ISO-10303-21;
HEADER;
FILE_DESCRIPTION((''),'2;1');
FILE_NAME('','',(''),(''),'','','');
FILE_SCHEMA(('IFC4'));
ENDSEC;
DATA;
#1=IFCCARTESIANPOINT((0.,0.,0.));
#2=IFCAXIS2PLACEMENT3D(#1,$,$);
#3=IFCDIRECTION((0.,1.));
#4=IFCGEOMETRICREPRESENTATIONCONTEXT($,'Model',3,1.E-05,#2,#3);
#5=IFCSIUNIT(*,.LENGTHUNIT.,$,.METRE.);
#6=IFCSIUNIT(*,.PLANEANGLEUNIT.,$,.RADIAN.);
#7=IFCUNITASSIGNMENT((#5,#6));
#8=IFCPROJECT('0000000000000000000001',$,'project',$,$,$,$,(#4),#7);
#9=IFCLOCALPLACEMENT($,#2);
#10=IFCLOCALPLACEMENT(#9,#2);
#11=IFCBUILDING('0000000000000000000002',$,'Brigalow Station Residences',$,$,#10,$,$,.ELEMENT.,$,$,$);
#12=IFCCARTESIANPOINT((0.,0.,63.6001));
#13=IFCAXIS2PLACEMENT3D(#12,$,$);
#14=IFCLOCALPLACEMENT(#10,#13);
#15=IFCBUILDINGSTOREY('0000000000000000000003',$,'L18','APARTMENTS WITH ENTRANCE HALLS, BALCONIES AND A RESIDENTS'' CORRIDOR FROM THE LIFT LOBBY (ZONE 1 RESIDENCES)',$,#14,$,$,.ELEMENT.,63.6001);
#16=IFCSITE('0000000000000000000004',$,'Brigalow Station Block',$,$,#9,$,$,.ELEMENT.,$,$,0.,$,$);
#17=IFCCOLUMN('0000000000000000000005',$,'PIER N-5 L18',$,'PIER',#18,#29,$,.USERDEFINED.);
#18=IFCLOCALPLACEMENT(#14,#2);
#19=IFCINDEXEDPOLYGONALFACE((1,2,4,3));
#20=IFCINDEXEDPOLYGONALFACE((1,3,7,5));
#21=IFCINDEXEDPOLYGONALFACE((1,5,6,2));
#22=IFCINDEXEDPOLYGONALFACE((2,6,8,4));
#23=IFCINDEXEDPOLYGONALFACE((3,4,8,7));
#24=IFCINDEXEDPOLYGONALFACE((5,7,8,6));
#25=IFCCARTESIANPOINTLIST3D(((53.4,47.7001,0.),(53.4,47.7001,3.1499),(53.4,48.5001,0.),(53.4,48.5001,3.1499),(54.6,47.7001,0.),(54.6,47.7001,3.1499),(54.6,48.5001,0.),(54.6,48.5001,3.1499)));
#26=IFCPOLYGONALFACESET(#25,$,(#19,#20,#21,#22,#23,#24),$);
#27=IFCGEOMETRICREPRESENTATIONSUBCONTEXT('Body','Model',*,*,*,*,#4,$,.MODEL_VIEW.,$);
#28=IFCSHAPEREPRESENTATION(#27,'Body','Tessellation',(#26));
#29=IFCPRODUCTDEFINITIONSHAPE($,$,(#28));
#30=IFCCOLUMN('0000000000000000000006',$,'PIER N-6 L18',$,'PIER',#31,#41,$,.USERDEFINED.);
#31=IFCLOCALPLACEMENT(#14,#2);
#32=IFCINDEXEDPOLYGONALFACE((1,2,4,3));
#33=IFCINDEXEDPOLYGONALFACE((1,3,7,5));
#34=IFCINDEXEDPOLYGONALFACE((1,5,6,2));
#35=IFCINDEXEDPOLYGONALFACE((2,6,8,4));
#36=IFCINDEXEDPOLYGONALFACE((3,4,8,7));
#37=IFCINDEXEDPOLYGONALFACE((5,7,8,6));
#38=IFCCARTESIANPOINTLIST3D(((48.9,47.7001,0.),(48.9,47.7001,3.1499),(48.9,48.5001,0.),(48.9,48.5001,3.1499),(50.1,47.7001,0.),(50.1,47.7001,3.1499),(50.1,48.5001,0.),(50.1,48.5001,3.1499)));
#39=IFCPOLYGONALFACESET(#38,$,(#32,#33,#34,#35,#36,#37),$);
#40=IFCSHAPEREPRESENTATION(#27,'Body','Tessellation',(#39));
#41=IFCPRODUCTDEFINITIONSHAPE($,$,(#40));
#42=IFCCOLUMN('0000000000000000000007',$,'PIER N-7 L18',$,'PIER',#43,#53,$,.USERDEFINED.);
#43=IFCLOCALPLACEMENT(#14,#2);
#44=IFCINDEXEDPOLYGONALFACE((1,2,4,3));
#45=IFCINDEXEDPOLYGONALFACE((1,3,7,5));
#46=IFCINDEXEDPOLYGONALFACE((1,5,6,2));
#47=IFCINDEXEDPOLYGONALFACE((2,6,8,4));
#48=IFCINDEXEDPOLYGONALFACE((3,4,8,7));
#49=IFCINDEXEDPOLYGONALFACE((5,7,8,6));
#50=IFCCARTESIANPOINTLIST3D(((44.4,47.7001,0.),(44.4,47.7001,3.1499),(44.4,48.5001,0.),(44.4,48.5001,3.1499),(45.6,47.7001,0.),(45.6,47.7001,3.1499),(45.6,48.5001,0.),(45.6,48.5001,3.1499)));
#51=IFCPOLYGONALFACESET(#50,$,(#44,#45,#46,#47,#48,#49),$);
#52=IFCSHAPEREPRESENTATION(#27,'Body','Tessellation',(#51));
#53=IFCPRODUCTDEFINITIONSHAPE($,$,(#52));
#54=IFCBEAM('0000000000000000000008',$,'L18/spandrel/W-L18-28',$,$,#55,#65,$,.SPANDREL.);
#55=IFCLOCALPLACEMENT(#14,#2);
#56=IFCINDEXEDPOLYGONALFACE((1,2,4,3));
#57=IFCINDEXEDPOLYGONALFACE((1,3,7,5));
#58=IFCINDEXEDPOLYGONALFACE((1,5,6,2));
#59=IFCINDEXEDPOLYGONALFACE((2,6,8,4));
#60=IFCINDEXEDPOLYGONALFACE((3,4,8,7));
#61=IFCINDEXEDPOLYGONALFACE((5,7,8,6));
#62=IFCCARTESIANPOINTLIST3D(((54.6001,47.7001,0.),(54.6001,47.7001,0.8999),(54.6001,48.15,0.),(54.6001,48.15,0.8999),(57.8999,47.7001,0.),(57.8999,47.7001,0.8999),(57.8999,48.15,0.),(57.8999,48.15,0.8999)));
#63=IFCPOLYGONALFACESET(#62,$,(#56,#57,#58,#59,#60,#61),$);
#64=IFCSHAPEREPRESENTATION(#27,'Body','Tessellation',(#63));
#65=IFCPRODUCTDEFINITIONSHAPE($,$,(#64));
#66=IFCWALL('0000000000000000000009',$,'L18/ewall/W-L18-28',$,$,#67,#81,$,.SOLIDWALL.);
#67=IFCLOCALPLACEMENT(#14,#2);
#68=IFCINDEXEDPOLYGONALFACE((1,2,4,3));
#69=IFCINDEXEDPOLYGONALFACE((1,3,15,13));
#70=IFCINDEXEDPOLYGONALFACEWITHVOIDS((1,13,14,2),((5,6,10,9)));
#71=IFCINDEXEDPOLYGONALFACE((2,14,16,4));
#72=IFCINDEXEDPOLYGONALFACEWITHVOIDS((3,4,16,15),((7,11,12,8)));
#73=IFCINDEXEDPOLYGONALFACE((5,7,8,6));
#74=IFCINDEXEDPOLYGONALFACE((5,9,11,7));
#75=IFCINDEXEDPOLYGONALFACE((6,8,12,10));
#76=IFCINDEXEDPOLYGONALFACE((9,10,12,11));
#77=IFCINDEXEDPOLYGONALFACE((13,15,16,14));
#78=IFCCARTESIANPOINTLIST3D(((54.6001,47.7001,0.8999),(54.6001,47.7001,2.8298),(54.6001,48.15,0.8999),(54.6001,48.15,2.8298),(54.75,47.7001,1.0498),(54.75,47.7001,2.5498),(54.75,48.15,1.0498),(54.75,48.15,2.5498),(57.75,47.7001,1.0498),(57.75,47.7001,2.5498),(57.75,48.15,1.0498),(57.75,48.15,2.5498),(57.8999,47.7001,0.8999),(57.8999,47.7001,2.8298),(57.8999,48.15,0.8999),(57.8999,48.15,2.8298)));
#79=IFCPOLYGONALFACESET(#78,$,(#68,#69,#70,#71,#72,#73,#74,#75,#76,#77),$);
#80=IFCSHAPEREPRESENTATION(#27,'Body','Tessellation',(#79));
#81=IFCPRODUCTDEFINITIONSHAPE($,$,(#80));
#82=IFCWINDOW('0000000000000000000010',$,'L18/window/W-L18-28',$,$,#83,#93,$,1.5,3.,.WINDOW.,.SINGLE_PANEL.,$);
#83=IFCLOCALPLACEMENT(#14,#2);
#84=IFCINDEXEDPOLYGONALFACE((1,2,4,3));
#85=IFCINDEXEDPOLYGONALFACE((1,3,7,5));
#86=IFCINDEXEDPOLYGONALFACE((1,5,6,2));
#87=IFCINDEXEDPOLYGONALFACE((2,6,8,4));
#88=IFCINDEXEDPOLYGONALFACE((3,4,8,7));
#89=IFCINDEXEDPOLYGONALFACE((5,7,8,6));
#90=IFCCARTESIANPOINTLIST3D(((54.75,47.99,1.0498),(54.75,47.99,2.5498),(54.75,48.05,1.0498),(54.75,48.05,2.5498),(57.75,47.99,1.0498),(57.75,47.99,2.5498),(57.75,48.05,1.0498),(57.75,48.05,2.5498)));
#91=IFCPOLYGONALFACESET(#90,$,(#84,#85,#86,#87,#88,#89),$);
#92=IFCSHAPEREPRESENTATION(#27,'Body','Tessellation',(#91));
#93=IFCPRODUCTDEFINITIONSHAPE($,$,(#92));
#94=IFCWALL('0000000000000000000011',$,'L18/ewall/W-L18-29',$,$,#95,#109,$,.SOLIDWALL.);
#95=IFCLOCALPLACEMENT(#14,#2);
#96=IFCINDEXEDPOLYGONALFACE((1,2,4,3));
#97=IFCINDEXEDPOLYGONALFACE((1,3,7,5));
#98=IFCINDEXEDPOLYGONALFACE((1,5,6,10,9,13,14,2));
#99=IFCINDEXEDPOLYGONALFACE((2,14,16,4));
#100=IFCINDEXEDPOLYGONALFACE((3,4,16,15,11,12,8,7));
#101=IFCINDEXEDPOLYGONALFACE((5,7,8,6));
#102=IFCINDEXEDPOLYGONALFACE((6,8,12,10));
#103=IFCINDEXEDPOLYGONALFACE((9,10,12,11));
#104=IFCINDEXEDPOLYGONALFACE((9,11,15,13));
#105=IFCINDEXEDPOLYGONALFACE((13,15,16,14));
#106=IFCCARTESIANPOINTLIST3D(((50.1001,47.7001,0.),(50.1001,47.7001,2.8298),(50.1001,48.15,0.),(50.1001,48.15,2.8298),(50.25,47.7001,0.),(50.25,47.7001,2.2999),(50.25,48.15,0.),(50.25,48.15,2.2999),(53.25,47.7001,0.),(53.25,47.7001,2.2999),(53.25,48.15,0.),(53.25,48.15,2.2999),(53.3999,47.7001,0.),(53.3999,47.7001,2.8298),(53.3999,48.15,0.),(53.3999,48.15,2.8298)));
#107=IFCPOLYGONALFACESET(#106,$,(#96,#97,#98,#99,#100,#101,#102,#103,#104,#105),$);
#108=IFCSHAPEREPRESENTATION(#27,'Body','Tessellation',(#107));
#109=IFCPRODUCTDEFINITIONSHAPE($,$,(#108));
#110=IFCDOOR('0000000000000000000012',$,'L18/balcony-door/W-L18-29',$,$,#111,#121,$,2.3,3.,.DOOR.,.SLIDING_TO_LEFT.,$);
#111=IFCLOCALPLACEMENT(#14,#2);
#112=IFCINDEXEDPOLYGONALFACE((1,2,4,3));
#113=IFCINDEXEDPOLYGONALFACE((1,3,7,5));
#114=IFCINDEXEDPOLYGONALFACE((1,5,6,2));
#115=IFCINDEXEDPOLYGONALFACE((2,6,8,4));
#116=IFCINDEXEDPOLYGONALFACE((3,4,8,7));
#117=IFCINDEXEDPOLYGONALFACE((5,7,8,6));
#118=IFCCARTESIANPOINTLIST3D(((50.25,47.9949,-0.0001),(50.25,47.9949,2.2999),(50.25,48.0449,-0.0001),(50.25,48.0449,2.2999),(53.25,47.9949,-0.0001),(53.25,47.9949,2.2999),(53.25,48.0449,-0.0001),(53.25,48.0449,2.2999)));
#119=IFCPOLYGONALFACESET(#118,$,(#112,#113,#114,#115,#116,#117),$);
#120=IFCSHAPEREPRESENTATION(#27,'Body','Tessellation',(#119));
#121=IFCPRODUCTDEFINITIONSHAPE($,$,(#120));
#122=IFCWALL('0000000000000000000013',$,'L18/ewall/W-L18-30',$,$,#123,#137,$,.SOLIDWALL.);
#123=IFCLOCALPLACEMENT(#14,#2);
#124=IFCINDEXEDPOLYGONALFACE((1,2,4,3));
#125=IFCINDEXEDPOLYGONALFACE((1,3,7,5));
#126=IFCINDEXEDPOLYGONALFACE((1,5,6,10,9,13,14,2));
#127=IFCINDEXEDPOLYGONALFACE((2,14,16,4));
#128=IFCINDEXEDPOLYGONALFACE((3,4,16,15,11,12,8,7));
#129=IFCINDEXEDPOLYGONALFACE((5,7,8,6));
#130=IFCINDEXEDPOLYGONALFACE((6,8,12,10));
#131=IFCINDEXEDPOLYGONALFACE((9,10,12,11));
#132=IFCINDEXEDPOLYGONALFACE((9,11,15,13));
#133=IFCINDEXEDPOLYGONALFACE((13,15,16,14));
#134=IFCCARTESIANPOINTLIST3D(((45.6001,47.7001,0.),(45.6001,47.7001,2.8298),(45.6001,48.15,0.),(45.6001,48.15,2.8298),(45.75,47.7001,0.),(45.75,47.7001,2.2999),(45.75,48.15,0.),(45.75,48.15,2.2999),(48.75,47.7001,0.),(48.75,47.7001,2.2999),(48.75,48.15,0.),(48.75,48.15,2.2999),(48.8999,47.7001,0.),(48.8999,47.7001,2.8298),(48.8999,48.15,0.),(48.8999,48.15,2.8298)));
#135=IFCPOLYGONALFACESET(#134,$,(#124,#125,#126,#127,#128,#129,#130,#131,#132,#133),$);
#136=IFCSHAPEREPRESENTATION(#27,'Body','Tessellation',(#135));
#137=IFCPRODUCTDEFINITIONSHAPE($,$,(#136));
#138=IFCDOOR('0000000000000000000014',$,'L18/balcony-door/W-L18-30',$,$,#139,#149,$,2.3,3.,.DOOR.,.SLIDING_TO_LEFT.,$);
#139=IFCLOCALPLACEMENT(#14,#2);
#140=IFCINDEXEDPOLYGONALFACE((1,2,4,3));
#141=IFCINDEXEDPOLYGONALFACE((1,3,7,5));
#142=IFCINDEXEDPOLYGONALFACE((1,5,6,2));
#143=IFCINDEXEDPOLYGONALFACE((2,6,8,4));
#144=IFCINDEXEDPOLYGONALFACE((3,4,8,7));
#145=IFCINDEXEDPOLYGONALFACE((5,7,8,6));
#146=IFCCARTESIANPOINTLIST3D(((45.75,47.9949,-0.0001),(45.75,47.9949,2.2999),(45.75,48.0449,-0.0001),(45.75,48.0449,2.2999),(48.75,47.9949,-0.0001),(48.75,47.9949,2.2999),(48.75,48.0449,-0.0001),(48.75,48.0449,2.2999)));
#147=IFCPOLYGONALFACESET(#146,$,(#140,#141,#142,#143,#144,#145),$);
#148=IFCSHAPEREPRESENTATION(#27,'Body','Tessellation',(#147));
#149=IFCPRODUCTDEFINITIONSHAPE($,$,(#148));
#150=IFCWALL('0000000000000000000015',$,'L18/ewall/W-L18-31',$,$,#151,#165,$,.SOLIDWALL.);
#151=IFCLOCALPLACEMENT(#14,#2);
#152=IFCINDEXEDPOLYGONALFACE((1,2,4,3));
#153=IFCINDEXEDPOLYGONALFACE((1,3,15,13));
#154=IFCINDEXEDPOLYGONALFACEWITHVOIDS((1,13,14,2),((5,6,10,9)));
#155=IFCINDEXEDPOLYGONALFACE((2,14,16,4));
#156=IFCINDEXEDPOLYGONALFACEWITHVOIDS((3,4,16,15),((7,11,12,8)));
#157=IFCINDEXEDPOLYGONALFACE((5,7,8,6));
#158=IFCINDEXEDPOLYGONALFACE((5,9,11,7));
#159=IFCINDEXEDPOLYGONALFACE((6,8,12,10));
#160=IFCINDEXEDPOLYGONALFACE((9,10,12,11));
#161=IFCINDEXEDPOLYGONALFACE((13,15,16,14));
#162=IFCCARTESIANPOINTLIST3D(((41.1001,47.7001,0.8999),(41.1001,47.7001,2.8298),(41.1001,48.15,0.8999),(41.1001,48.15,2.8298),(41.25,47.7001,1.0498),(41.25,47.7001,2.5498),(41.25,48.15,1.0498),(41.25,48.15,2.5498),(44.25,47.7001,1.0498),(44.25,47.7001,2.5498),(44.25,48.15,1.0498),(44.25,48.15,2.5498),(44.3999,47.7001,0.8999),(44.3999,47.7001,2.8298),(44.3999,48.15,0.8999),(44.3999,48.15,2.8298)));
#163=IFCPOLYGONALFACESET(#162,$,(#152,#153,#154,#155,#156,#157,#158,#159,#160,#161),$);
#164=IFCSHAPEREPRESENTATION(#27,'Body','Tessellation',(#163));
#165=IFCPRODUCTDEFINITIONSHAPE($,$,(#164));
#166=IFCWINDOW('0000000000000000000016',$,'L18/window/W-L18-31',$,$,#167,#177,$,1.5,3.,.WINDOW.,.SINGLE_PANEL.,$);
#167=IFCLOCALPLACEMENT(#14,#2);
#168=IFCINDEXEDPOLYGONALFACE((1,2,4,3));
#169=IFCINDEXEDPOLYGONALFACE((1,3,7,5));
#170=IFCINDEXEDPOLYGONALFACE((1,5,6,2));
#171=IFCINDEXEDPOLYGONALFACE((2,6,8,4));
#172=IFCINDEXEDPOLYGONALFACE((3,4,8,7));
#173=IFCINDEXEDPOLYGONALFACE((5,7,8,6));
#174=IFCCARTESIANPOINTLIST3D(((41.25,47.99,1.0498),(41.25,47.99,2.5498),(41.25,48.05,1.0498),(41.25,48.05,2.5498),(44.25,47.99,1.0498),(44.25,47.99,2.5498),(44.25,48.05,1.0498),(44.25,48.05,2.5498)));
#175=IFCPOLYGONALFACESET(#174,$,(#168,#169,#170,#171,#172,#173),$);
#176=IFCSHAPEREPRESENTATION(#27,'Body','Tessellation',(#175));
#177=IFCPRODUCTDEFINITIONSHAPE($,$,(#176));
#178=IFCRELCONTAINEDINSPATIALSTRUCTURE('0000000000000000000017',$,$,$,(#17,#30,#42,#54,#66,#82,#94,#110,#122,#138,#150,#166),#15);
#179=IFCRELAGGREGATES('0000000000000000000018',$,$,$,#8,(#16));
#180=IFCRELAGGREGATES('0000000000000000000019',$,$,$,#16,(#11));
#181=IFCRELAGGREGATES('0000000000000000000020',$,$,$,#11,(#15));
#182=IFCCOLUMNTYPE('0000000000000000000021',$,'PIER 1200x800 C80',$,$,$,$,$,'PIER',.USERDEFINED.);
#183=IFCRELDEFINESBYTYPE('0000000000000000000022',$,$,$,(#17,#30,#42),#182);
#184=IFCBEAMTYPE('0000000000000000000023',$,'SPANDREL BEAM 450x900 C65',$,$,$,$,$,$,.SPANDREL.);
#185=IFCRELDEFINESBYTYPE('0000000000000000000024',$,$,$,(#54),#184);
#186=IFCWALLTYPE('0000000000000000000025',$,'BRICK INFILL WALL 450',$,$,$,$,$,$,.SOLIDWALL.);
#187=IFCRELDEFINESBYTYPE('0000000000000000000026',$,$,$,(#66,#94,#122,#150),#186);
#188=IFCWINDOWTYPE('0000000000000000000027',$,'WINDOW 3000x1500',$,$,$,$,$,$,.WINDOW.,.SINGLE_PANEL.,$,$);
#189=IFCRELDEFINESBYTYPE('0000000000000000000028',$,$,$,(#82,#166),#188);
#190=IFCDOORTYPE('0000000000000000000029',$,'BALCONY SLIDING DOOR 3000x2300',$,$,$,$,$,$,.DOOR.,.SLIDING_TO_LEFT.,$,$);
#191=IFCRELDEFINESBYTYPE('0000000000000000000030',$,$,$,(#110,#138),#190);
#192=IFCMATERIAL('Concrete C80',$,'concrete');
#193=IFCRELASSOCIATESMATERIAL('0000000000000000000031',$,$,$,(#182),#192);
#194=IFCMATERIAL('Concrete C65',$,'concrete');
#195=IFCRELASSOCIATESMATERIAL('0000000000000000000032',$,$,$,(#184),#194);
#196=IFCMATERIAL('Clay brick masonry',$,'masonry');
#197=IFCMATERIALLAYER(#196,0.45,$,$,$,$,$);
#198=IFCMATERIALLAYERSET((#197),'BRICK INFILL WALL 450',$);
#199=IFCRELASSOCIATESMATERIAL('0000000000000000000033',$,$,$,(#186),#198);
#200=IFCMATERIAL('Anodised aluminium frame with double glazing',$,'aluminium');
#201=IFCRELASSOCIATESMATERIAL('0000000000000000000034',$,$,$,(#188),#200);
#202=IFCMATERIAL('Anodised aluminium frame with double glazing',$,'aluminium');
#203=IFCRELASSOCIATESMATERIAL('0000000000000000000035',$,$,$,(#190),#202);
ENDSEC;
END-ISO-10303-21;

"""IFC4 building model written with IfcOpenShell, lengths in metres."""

from ifc_helpers import new_model, si_unit, direction, frame, frame_2d, origin, origin_2d, place, context, subcontext, project, spatial, rectangle, extrude, material, layer, layer_set, material_profile, profile_set, type_object, element, fill, save


model = new_model("IFC4")

# Units and contexts
model_context = context("Model", 3, precision=1e-05, world=origin(), true_north=direction((0.0, 1.0)))
body_context = subcontext(model_context, "Body", "Model", "MODEL_VIEW")
ifc_project = project(units=[si_unit("LENGTHUNIT", "METRE"), si_unit("PLANEANGLEUNIT", "RADIAN")], contexts=[model_context])

# Site, building, storey
site_placement = place(None, origin())
site = spatial("IfcSite", under=ifc_project, at=site_placement, Name="Brigalow Station Block", CompositionType="ELEMENT", RefElevation=0.0)
building_placement = place(site_placement, origin())
building = spatial("IfcBuilding", under=site, at=building_placement, Name="Brigalow Station Residences", CompositionType="ELEMENT")
storey_placement = place(building_placement, frame((0.0, 0.0, 63.6001)))
storey = spatial("IfcBuildingStorey", under=building, at=storey_placement, Name="L18", Description="APARTMENTS WITH ENTRANCE HALLS, BALCONIES AND A RESIDENTS' CORRIDOR FROM THE LIFT LOBBY (ZONE 1 RESIDENCES)", CompositionType="ELEMENT", Elevation=63.6001)

# Columns
ifc_material_1 = material(Name="Concrete C80", Category="concrete")
ifc_material_profile_1 = material_profile(ifc_material_1, rectangle(XDim=1.2, YDim=0.8, at=origin_2d()), Name="RC1200x800")
ifc_profile_set_1 = profile_set([ifc_material_profile_1], Name="Concrete C80")
column_type = type_object("IfcColumnType", Name="PIER 1200x800 C80", ElementType="PIER", PredefinedType="USERDEFINED", material=ifc_profile_set_1)
for number, where, z_axis, x_axis, name in (
    (1, (54.0, 48.1001, 0.0), (0.0, 0.0, 1.0), (-1.0, 0.0, 0.0), "PIER N-5 L18"),
    (2, (49.5, 48.1001, 0.0), (0.0, 0.0, 1.0), (-1.0, 0.0, 0.0), "PIER N-6 L18"),
    (3, (45.0, 48.1001, 0.0), (0.0, 0.0, 1.0), (-1.0, 0.0, 0.0), "PIER N-7 L18"),
):
    element("IfcColumn", number, at=place(storey_placement, frame(where, z_axis=z_axis, x_axis=x_axis)), inside=storey, type_object=column_type, Name=name, ObjectType="PIER", PredefinedType="USERDEFINED", context=body_context, shape_type="SweptSolid", body=[
        extrude(rectangle(XDim=1.2, YDim=0.8, at=origin_2d()), origin(), (0.0, 0.0, 1.0), 3.1499),
    ])

# Beam
ifc_material_2 = material(Name="Concrete C65", Category="concrete")
ifc_material_profile_2 = material_profile(ifc_material_2, rectangle(XDim=0.45, YDim=0.8999, at=origin_2d()), Name="RC450x900")
ifc_profile_set_2 = profile_set([ifc_material_profile_2], Name="Concrete C65")
beam_type = type_object("IfcBeamType", Name="SPANDREL BEAM 450x900 C65", PredefinedType="SPANDREL", material=ifc_profile_set_2)
beam_placement = place(storey_placement, frame((57.8999, 47.925, 0.45), z_axis=(-1.0, 0.0, 0.0), x_axis=(0.0, -1.0, 0.0)))
element("IfcBeam", 4, at=beam_placement, inside=storey, type_object=beam_type, Name="L18/spandrel/W-L18-28", PredefinedType="SPANDREL", context=body_context, shape_type="SweptSolid", body=[
    extrude(rectangle(XDim=0.45, YDim=0.8999, at=origin_2d()), origin(), (0.0, 0.0, 1.0), 3.2998),
])

# Wall, opening, window
ifc_material_3 = material(Name="Clay brick masonry", Category="masonry")
ifc_layer_1 = layer(ifc_material_3, 0.45)
ifc_layer_set_1 = layer_set([ifc_layer_1], Name="BRICK INFILL WALL 450")
wall_type_1 = type_object("IfcWallType", Name="BRICK INFILL WALL 450", PredefinedType="SOLIDWALL", material=ifc_layer_set_1)
wall_1_placement = place(storey_placement, frame((57.8999, 47.925, 0.8999), z_axis=(0.0, 0.0, 1.0), x_axis=(-1.0, 0.0, 0.0)))
wall_1 = element("IfcWall", 5, at=wall_1_placement, inside=storey, type_object=wall_type_1, Name="L18/ewall/W-L18-28", PredefinedType="SOLIDWALL", context=body_context, shape_type="SweptSolid", body=[
    extrude(rectangle(XDim=3.2998, YDim=0.45, at=frame_2d((1.6499, 0.0))), origin(), (0.0, 0.0, 1.0), 1.9299),
])
opening_1_placement = place(wall_1_placement, frame((0.1499, 0.0, 0.1499)))
opening_1 = element("IfcOpeningElement", 6, at=opening_1_placement, cuts=wall_1, PredefinedType="OPENING", context=body_context, shape_type="SweptSolid", body=[
    extrude(rectangle(XDim=3.0, YDim=1.5, at=frame_2d((1.5, 0.75))), frame((0.0, 0.2349, 0.0), z_axis=(0.0, -1.0, 0.0), x_axis=(1.0, 0.0, 0.0)), (0.0, 0.0, 1.0), 0.47),
])
ifc_material_4 = material(Name="Anodised aluminium frame with double glazing", Category="aluminium")
window_type = type_object("IfcWindowType", Name="WINDOW 3000x1500", PartitioningType="SINGLE_PANEL", PredefinedType="WINDOW", material=ifc_material_4)
window_1_placement = place(opening_1_placement, origin())
window_1 = element("IfcWindow", 7, at=window_1_placement, inside=storey, type_object=window_type, Name="L18/window/W-L18-28", OverallHeight=1.5, OverallWidth=3.0, PartitioningType="SINGLE_PANEL", PredefinedType="WINDOW", context=body_context, shape_type="SweptSolid", body=[
    extrude(rectangle(XDim=3.0, YDim=1.5, at=frame_2d((1.5, 0.75))), frame((0.0, -0.0649, 0.0), z_axis=(0.0, -1.0, 0.0), x_axis=(1.0, 0.0, 0.0)), (0.0, 0.0, 1.0), 0.0601),
])
fill(opening_1, window_1)

# Walls, openings, doors
wall_2_placement = place(storey_placement, frame((53.3999, 47.925, 0.0), z_axis=(0.0, 0.0, 1.0), x_axis=(-1.0, 0.0, 0.0)))
wall_2 = element("IfcWall", 8, at=wall_2_placement, inside=storey, type_object=wall_type_1, Name="L18/ewall/W-L18-29", PredefinedType="SOLIDWALL", context=body_context, shape_type="SweptSolid", body=[
    extrude(rectangle(XDim=3.2998, YDim=0.45, at=frame_2d((1.6499, 0.0))), origin(), (0.0, 0.0, 1.0), 2.8298),
])
opening_2_placement = place(wall_2_placement, frame((0.1499, 0.0, 0.0)))
opening_2 = element("IfcOpeningElement", 9, at=opening_2_placement, cuts=wall_2, PredefinedType="OPENING", context=body_context, shape_type="SweptSolid", body=[
    extrude(rectangle(XDim=3.0, YDim=2.3, at=frame_2d((1.5, 1.1499))), frame((0.0, 0.2349, 0.0), z_axis=(0.0, -1.0, 0.0), x_axis=(1.0, 0.0, 0.0)), (0.0, 0.0, 1.0), 0.47),
])
ifc_material_5 = material(Name="Anodised aluminium frame with double glazing", Category="aluminium")
door_type_1 = type_object("IfcDoorType", Name="BALCONY SLIDING DOOR 3000x2300", OperationType="SLIDING_TO_LEFT", PredefinedType="DOOR", material=ifc_material_5)
door_1_placement = place(opening_2_placement, origin())
door_1 = element("IfcDoor", 10, at=door_1_placement, inside=storey, type_object=door_type_1, Name="L18/balcony-door/W-L18-29", OperationType="SLIDING_TO_LEFT", OverallHeight=2.3, OverallWidth=3.0, PredefinedType="DOOR", context=body_context, shape_type="SweptSolid", body=[
    extrude(rectangle(XDim=3.0, YDim=2.3, at=frame_2d((1.5, 1.1499))), frame((0.0, -0.0698, 0.0), z_axis=(0.0, -1.0, 0.0), x_axis=(1.0, 0.0, 0.0)), (0.0, 0.0, 1.0), 0.05),
])
fill(opening_2, door_1)
wall_3_placement = place(storey_placement, frame((48.8999, 47.925, 0.0), z_axis=(0.0, 0.0, 1.0), x_axis=(-1.0, 0.0, 0.0)))
wall_3 = element("IfcWall", 11, at=wall_3_placement, inside=storey, type_object=wall_type_1, Name="L18/ewall/W-L18-30", PredefinedType="SOLIDWALL", context=body_context, shape_type="SweptSolid", body=[
    extrude(rectangle(XDim=3.2998, YDim=0.45, at=frame_2d((1.6499, 0.0))), origin(), (0.0, 0.0, 1.0), 2.8298),
])
opening_3_placement = place(wall_3_placement, frame((0.1499, 0.0, 0.0)))
opening_3 = element("IfcOpeningElement", 12, at=opening_3_placement, cuts=wall_3, PredefinedType="OPENING", context=body_context, shape_type="SweptSolid", body=[
    extrude(rectangle(XDim=3.0, YDim=2.3, at=frame_2d((1.5, 1.1499))), frame((0.0, 0.2349, 0.0), z_axis=(0.0, -1.0, 0.0), x_axis=(1.0, 0.0, 0.0)), (0.0, 0.0, 1.0), 0.47),
])
door_2_placement = place(opening_3_placement, origin())
door_2 = element("IfcDoor", 13, at=door_2_placement, inside=storey, type_object=door_type_1, Name="L18/balcony-door/W-L18-30", OperationType="SLIDING_TO_LEFT", OverallHeight=2.3, OverallWidth=3.0, PredefinedType="DOOR", context=body_context, shape_type="SweptSolid", body=[
    extrude(rectangle(XDim=3.0, YDim=2.3, at=frame_2d((1.5, 1.1499))), frame((0.0, -0.0698, 0.0), z_axis=(0.0, -1.0, 0.0), x_axis=(1.0, 0.0, 0.0)), (0.0, 0.0, 1.0), 0.05),
])
fill(opening_3, door_2)

# Wall, opening, window
wall_4_placement = place(storey_placement, frame((44.3999, 47.925, 0.8999), z_axis=(0.0, 0.0, 1.0), x_axis=(-1.0, 0.0, 0.0)))
wall_4 = element("IfcWall", 14, at=wall_4_placement, inside=storey, type_object=wall_type_1, Name="L18/ewall/W-L18-31", PredefinedType="SOLIDWALL", context=body_context, shape_type="SweptSolid", body=[
    extrude(rectangle(XDim=3.2998, YDim=0.45, at=frame_2d((1.6499, 0.0))), origin(), (0.0, 0.0, 1.0), 1.9299),
])
opening_4_placement = place(wall_4_placement, frame((0.1499, 0.0, 0.1499)))
opening_4 = element("IfcOpeningElement", 15, at=opening_4_placement, cuts=wall_4, PredefinedType="OPENING", context=body_context, shape_type="SweptSolid", body=[
    extrude(rectangle(XDim=3.0, YDim=1.5, at=frame_2d((1.5, 0.75))), frame((0.0, 0.2349, 0.0), z_axis=(0.0, -1.0, 0.0), x_axis=(1.0, 0.0, 0.0)), (0.0, 0.0, 1.0), 0.47),
])
window_2_placement = place(opening_4_placement, origin())
window_2 = element("IfcWindow", 16, at=window_2_placement, inside=storey, type_object=window_type, Name="L18/window/W-L18-31", OverallHeight=1.5, OverallWidth=3.0, PartitioningType="SINGLE_PANEL", PredefinedType="WINDOW", context=body_context, shape_type="SweptSolid", body=[
    extrude(rectangle(XDim=3.0, YDim=1.5, at=frame_2d((1.5, 0.75))), frame((0.0, -0.0649, 0.0), z_axis=(0.0, -1.0, 0.0), x_axis=(1.0, 0.0, 0.0)), (0.0, 0.0, 1.0), 0.0601),
])
fill(opening_4, window_2)

save(model, "model.ifc")
